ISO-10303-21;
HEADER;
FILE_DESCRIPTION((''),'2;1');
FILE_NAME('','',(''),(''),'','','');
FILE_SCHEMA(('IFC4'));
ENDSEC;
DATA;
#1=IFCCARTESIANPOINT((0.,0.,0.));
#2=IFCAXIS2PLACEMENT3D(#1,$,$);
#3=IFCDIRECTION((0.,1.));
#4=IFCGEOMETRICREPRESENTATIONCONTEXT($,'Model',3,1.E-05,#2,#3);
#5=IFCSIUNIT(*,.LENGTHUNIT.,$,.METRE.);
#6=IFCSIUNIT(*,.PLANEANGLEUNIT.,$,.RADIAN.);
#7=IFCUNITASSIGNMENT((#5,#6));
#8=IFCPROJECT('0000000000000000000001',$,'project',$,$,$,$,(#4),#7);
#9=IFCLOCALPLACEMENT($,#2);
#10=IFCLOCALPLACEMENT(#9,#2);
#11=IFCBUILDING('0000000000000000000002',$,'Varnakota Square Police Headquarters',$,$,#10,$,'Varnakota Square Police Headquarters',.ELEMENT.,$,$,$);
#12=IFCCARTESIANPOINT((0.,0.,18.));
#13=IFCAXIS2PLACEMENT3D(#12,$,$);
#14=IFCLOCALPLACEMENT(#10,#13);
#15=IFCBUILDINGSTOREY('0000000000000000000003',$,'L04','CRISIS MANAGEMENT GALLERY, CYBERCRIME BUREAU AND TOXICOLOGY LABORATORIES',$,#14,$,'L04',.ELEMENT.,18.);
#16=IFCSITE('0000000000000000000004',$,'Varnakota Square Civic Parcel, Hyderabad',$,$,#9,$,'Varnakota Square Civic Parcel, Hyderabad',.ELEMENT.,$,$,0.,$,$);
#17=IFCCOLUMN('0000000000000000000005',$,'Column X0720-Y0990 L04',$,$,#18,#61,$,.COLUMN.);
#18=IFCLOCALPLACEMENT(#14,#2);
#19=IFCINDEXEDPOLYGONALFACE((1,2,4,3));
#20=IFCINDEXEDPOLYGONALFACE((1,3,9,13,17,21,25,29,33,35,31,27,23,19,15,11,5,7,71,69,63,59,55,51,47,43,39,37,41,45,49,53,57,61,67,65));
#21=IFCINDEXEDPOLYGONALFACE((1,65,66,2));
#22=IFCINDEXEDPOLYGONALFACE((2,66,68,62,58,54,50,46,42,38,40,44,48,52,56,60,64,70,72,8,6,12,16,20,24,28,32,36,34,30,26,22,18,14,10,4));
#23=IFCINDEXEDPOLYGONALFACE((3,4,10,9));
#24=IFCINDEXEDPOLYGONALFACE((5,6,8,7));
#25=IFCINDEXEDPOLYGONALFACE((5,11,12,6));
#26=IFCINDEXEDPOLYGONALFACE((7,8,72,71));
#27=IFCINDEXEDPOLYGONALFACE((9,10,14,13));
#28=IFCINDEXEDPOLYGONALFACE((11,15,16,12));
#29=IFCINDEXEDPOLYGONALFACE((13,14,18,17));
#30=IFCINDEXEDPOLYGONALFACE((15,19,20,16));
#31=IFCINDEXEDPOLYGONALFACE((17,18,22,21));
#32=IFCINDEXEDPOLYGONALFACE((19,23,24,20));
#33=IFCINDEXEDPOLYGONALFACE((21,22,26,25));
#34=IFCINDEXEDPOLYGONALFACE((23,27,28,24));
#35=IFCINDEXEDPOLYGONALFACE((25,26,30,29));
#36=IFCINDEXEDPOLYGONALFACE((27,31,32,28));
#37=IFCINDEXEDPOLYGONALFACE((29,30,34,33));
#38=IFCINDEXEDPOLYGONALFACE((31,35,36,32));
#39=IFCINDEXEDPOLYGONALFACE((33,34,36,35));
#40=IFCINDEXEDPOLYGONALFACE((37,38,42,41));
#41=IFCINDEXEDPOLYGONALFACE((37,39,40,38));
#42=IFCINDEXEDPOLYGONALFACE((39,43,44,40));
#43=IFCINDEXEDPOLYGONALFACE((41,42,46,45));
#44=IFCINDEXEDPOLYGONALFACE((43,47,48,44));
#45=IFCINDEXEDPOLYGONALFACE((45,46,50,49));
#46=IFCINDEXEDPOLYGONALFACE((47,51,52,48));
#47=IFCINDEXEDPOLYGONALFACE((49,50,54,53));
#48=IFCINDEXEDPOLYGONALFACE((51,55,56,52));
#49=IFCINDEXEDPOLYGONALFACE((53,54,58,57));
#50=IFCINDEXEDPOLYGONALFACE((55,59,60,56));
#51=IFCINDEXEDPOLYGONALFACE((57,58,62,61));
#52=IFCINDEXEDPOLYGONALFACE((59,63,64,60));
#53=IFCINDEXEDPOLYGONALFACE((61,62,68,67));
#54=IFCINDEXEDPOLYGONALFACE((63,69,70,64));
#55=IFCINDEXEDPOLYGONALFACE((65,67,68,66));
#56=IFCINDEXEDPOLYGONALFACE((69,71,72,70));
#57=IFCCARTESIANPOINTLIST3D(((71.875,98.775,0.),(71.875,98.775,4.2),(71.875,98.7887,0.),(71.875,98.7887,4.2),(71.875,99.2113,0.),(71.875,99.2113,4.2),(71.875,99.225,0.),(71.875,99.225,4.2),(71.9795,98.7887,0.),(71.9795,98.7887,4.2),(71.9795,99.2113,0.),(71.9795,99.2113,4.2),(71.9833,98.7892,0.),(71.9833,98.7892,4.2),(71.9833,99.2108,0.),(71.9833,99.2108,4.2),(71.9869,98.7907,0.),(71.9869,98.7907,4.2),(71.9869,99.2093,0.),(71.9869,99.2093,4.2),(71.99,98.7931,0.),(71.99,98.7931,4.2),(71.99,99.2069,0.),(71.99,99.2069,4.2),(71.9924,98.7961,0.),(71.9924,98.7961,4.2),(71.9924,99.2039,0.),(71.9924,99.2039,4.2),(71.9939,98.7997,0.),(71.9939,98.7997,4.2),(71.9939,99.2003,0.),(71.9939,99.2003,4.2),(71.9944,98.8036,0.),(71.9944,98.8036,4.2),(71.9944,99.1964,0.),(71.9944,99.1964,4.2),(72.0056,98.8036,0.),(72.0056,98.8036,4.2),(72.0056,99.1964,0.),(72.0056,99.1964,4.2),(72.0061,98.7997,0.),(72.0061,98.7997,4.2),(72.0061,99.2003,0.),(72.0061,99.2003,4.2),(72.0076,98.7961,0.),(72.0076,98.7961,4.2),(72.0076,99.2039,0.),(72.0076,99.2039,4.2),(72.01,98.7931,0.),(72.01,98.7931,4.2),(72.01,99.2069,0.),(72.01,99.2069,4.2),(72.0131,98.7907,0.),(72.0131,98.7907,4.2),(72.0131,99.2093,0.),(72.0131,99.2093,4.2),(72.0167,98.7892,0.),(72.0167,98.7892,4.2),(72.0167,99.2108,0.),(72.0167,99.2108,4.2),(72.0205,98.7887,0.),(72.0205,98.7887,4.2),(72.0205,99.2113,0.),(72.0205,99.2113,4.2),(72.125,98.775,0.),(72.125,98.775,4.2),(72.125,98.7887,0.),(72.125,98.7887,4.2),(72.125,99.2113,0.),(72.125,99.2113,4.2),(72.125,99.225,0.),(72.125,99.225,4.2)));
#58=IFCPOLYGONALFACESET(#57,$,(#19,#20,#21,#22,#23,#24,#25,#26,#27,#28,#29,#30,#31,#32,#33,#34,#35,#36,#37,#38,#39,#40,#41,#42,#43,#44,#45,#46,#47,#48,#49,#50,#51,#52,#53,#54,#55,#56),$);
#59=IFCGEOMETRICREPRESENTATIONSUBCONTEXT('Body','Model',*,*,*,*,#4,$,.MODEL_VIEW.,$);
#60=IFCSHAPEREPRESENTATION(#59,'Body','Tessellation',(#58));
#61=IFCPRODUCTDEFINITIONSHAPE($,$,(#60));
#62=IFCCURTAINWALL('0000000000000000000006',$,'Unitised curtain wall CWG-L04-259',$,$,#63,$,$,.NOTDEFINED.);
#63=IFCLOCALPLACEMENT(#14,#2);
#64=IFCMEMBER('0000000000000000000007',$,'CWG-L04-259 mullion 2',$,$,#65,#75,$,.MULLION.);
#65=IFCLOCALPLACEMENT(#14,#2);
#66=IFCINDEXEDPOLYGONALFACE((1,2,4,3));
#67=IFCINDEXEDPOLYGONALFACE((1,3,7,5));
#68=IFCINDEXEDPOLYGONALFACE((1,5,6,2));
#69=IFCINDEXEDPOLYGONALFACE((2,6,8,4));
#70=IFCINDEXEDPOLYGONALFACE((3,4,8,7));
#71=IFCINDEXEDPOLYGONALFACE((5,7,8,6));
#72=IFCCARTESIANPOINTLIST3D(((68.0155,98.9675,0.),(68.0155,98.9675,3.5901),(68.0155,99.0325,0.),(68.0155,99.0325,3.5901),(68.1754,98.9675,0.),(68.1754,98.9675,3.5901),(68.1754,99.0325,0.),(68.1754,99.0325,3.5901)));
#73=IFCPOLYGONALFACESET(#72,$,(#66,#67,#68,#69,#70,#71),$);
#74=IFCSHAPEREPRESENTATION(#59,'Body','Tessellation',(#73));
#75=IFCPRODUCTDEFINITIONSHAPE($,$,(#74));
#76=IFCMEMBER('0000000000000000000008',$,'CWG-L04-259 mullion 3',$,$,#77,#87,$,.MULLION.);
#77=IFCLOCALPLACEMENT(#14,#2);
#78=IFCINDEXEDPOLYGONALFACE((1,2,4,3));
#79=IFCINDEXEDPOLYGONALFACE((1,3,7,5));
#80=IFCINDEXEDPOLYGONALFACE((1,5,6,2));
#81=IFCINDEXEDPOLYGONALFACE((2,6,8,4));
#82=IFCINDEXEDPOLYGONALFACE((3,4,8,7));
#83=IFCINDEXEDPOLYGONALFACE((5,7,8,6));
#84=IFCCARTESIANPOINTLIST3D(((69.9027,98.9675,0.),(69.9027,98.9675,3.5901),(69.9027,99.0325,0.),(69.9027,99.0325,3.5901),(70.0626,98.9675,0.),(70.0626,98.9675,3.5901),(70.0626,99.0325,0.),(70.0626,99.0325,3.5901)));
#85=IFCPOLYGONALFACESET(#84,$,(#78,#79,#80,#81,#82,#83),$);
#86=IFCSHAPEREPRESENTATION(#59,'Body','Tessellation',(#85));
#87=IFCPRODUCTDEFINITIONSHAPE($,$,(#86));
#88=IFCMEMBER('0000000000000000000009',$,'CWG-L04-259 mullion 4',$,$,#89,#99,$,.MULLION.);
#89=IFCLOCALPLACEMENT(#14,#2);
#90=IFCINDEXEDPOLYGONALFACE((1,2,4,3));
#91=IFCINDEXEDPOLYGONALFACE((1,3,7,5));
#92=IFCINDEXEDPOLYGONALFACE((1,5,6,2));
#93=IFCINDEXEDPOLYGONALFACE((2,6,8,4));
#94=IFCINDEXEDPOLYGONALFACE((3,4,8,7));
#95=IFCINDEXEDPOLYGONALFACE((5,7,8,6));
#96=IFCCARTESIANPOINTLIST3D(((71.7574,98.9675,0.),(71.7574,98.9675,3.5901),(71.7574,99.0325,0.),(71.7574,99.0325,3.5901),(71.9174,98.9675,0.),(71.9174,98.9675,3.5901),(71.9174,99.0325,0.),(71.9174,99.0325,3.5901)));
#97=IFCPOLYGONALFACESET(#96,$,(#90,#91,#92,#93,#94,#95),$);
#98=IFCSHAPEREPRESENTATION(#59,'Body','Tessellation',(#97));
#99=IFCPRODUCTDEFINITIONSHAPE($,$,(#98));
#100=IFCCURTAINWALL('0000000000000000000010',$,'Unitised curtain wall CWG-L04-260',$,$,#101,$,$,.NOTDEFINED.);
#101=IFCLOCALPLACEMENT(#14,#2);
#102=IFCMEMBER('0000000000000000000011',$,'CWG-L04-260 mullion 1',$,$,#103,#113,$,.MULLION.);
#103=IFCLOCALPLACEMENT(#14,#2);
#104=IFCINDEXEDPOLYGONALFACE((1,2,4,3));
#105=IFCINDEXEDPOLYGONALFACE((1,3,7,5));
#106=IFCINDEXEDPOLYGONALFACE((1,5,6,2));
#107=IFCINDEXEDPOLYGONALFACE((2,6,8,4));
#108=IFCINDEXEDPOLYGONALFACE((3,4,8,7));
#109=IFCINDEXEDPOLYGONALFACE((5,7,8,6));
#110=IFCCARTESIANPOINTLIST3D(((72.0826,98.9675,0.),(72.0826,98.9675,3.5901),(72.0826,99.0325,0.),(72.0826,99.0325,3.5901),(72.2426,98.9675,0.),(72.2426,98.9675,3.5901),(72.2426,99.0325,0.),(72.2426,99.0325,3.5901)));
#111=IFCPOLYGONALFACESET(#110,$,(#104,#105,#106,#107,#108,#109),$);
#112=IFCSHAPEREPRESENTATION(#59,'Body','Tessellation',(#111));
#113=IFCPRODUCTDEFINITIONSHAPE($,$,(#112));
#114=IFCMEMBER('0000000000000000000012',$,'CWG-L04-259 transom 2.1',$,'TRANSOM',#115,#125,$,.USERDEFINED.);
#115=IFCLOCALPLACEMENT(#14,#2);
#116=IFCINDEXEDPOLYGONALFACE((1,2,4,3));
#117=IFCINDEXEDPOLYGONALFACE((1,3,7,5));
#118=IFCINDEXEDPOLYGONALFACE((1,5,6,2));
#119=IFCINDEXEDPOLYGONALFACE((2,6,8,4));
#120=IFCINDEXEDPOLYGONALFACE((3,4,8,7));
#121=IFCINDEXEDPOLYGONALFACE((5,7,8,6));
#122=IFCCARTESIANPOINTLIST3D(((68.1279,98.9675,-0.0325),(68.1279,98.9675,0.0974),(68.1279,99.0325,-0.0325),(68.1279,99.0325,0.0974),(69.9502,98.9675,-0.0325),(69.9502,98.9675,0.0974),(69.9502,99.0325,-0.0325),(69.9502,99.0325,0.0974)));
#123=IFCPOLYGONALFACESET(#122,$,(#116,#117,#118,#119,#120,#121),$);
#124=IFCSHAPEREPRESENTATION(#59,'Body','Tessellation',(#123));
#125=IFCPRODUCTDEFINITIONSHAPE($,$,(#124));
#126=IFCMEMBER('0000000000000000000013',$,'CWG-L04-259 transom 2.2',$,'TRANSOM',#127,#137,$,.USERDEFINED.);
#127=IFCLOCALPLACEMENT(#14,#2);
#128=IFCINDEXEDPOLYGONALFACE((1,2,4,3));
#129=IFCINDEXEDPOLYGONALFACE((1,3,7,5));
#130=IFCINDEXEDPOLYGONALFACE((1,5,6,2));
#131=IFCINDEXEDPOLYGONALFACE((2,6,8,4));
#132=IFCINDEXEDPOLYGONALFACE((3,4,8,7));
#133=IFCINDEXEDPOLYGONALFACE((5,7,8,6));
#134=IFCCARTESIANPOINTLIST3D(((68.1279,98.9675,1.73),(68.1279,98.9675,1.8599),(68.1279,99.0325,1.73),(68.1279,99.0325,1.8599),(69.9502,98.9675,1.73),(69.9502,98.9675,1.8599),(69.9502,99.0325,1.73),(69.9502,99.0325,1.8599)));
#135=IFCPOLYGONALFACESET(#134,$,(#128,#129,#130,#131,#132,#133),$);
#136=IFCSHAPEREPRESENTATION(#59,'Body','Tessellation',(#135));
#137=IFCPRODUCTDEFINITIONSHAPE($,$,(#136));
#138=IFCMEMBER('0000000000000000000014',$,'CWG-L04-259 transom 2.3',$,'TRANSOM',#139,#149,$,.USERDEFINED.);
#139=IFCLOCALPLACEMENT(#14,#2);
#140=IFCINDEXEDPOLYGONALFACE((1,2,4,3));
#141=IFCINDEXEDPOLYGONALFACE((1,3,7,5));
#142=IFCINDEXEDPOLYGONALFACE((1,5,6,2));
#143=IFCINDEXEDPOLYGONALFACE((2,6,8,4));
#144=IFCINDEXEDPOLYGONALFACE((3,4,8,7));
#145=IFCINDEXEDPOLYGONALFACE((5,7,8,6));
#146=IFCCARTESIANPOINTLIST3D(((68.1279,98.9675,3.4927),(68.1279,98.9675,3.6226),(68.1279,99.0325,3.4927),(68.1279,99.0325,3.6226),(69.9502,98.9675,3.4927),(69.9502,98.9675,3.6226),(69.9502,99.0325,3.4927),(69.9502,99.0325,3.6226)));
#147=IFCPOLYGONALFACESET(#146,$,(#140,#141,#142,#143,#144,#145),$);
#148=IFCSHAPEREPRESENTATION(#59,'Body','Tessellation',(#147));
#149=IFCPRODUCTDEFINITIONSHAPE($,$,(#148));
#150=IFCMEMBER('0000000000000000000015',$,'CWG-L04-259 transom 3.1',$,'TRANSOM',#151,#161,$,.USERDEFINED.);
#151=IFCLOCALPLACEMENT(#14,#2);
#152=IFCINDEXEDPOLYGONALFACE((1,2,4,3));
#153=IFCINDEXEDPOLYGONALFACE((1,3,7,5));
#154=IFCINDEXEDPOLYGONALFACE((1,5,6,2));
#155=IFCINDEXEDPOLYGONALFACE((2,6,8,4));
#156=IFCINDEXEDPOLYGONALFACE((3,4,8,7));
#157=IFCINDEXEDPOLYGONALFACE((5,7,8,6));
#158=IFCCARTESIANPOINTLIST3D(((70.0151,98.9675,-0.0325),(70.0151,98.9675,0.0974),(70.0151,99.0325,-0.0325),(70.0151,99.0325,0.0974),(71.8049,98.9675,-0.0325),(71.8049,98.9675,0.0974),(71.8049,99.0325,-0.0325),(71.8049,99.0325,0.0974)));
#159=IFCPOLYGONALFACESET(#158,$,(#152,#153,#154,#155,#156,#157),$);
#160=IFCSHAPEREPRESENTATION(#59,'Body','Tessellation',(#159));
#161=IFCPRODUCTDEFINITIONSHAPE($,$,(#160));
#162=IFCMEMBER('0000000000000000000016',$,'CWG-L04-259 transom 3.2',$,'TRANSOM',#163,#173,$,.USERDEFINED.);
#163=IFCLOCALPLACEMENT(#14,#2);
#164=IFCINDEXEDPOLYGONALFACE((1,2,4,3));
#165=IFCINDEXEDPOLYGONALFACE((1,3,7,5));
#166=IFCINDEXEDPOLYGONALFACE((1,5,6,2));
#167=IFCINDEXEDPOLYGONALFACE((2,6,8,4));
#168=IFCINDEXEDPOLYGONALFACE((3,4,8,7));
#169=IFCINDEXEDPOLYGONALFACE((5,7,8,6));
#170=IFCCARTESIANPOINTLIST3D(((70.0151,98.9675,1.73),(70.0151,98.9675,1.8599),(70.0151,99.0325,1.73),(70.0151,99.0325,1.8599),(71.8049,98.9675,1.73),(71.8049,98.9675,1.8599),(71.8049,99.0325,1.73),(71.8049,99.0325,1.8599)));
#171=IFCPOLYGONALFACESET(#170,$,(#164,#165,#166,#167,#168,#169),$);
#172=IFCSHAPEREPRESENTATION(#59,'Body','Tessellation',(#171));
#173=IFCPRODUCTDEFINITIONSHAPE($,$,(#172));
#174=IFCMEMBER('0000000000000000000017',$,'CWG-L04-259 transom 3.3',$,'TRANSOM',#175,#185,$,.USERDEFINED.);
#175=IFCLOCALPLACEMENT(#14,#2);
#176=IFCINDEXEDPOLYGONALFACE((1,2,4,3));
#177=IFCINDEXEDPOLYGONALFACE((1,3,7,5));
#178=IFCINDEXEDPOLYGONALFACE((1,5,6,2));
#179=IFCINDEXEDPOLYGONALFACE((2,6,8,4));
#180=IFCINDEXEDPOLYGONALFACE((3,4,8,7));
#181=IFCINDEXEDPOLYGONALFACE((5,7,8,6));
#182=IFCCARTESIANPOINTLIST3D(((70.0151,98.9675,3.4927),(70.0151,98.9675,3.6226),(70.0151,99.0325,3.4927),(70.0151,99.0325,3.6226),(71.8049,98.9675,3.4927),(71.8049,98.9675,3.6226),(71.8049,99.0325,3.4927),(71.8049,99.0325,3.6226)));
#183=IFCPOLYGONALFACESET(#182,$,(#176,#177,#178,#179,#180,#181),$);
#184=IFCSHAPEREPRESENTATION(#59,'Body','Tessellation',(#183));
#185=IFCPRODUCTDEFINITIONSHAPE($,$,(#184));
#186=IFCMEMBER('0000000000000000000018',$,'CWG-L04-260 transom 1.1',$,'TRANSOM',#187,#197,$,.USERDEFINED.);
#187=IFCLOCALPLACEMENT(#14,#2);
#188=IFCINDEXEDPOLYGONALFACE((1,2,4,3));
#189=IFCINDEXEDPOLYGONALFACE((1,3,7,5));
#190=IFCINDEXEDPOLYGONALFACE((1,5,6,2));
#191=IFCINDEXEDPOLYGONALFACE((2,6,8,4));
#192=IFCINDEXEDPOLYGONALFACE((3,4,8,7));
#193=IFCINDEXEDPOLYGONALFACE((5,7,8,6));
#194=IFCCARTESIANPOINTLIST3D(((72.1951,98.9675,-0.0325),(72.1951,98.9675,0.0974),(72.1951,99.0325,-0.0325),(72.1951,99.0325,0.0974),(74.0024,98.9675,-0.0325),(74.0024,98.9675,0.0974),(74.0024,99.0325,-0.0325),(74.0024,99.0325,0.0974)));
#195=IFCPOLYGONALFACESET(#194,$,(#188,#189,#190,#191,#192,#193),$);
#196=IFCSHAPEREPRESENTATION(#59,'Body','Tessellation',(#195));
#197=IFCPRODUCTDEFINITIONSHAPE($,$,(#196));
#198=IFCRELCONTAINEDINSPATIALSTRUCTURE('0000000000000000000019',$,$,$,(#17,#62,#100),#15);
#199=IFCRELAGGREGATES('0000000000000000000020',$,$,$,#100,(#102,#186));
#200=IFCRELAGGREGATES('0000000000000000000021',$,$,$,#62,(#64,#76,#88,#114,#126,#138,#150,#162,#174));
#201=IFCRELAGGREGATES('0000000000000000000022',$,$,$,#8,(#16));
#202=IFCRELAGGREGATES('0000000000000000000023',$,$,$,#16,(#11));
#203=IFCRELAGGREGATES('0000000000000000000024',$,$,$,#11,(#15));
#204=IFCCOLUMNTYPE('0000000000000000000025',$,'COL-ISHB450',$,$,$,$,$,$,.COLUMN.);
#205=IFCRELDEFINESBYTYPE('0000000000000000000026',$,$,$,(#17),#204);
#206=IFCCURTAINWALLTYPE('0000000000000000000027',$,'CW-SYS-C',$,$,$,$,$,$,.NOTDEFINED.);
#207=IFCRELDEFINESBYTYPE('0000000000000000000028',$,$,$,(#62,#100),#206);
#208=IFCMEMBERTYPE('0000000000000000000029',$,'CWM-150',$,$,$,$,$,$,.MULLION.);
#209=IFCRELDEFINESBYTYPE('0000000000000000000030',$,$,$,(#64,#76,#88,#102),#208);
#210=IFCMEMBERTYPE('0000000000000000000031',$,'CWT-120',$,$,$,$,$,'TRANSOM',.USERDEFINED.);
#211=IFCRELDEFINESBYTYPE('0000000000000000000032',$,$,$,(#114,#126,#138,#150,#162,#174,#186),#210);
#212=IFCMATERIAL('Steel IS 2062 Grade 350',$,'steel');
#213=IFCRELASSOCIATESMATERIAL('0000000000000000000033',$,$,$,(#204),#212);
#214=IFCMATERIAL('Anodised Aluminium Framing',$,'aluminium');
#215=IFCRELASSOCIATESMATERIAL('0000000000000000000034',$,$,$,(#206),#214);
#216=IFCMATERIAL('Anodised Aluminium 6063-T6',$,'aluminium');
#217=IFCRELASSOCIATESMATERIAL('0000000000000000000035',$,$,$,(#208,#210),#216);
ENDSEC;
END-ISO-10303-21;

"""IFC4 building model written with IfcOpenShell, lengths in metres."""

from ifc_helpers import new_model, si_unit, direction, frame, origin, origin_2d, place, context, subcontext, project, spatial, rectangle, i_section, extrude, material, material_profile, profile_set, type_object, element, aggregate, save


model = new_model("IFC4")

# Units and contexts
model_context = context("Model", 3, precision=1e-05, world=origin(), true_north=direction((0.0, 1.0)))
body_context = subcontext(model_context, "Body", "Model", "MODEL_VIEW")
ifc_project = project(units=[si_unit("LENGTHUNIT", "METRE"), si_unit("PLANEANGLEUNIT", "RADIAN")], contexts=[model_context])

# Site, building, storey
site_placement = place(None, origin())
site = spatial("IfcSite", under=ifc_project, at=site_placement, Name="Varnakota Square Civic Parcel, Hyderabad", LongName="Varnakota Square Civic Parcel, Hyderabad", CompositionType="ELEMENT", RefElevation=0.0)
building_placement = place(site_placement, origin())
building = spatial("IfcBuilding", under=site, at=building_placement, Name="Varnakota Square Police Headquarters", LongName="Varnakota Square Police Headquarters", CompositionType="ELEMENT")
storey_placement = place(building_placement, frame((0.0, 0.0, 18.0)))
storey = spatial("IfcBuildingStorey", under=building, at=storey_placement, Name="L04", Description="CRISIS MANAGEMENT GALLERY, CYBERCRIME BUREAU AND TOXICOLOGY LABORATORIES", LongName="L04", CompositionType="ELEMENT", Elevation=18.0)

# Column
ifc_material_1 = material(Name="Steel IS 2062 Grade 350", Category="steel")
ifc_material_profile_1 = material_profile(ifc_material_1, i_section(OverallWidth=0.25, OverallDepth=0.45, WebThickness=0.0112, FlangeThickness=0.0137, FilletRadius=0.0149, at=origin_2d()), Name="ISHB 450")
ifc_profile_set_1 = profile_set([ifc_material_profile_1], Name="Steel IS 2062 Grade 350")
column_type = type_object("IfcColumnType", Name="COL-ISHB450", PredefinedType="COLUMN", material=ifc_profile_set_1)
column_placement = place(storey_placement, frame((72.0, 99.0, 0.0), z_axis=(0.0, 0.0, 1.0), x_axis=(1.0, 0.0, 0.0)))
element("IfcColumn", 1, at=column_placement, inside=storey, type_object=column_type, Name="Column X0720-Y0990 L04", PredefinedType="COLUMN", context=body_context, shape_type="SweptSolid", body=[
    extrude(i_section(OverallWidth=0.25, OverallDepth=0.45, WebThickness=0.0112, FlangeThickness=0.0137, FilletRadius=0.0149, at=origin_2d()), origin(), (0.0, 0.0, 1.0), 4.2),
])

# Curtain wall, members
ifc_material_2 = material(Name="Anodised Aluminium Framing", Category="aluminium")
curtain_wall_type = type_object("IfcCurtainWallType", Name="CW-SYS-C", PredefinedType="NOTDEFINED", material=ifc_material_2)
curtain_wall_1_placement = place(storey_placement, origin())
curtain_wall_1 = element("IfcCurtainWall", 2, at=curtain_wall_1_placement, inside=storey, type_object=curtain_wall_type, Name="Unitised curtain wall CWG-L04-259", PredefinedType="NOTDEFINED")
ifc_material_3 = material(Name="Anodised Aluminium 6063-T6", Category="aluminium")
ifc_material_profile_2 = material_profile(ifc_material_3, rectangle(XDim=0.0649, YDim=0.1599, at=origin_2d()), Name="ALU MULLION 65x160")
ifc_profile_set_2 = profile_set([ifc_material_profile_2], Name="Anodised Aluminium 6063-T6")
member_type_1 = type_object("IfcMemberType", Name="CWM-150", PredefinedType="MULLION", material=ifc_profile_set_2)
member_1_placement = place(storey_placement, frame((68.0955, 99.0, 0.0), z_axis=(0.0, 0.0, 1.0), x_axis=(0.0, 1.0, 0.0)))
member_1 = element("IfcMember", 3, at=member_1_placement, type_object=member_type_1, Name="CWG-L04-259 mullion 2", PredefinedType="MULLION", context=body_context, shape_type="SweptSolid", body=[
    extrude(rectangle(XDim=0.0649, YDim=0.1599, at=origin_2d()), origin(), (0.0, 0.0, 1.0), 3.5901),
])
member_2_placement = place(storey_placement, frame((69.9827, 99.0, 0.0), z_axis=(0.0, 0.0, 1.0), x_axis=(0.0, 1.0, 0.0)))
member_2 = element("IfcMember", 4, at=member_2_placement, type_object=member_type_1, Name="CWG-L04-259 mullion 3", PredefinedType="MULLION", context=body_context, shape_type="SweptSolid", body=[
    extrude(rectangle(XDim=0.0649, YDim=0.1599, at=origin_2d()), origin(), (0.0, 0.0, 1.0), 3.5901),
])
member_3_placement = place(storey_placement, frame((71.8374, 99.0, 0.0), z_axis=(0.0, 0.0, 1.0), x_axis=(0.0, 1.0, 0.0)))
member_3 = element("IfcMember", 5, at=member_3_placement, type_object=member_type_1, Name="CWG-L04-259 mullion 4", PredefinedType="MULLION", context=body_context, shape_type="SweptSolid", body=[
    extrude(rectangle(XDim=0.0649, YDim=0.1599, at=origin_2d()), origin(), (0.0, 0.0, 1.0), 3.5901),
])

# Curtain wall, member
curtain_wall_2_placement = place(storey_placement, origin())
curtain_wall_2 = element("IfcCurtainWall", 6, at=curtain_wall_2_placement, inside=storey, type_object=curtain_wall_type, Name="Unitised curtain wall CWG-L04-260", PredefinedType="NOTDEFINED")
member_4_placement = place(storey_placement, frame((72.1626, 99.0, 0.0), z_axis=(0.0, 0.0, 1.0), x_axis=(0.0, 1.0, 0.0)))
member_4 = element("IfcMember", 7, at=member_4_placement, type_object=member_type_1, Name="CWG-L04-260 mullion 1", PredefinedType="MULLION", context=body_context, shape_type="SweptSolid", body=[
    extrude(rectangle(XDim=0.0649, YDim=0.1599, at=origin_2d()), origin(), (0.0, 0.0, 1.0), 3.5901),
])

# Members
ifc_material_profile_3 = material_profile(ifc_material_3, rectangle(XDim=0.0649, YDim=0.1299, at=origin_2d()), Name="ALU TRANSOM 65x130")
ifc_profile_set_3 = profile_set([ifc_material_profile_3], Name="Anodised Aluminium 6063-T6")
member_type_2 = type_object("IfcMemberType", Name="CWT-120", ElementType="TRANSOM", PredefinedType="USERDEFINED", material=ifc_profile_set_3)
member_5_placement = place(storey_placement, frame((68.1279, 99.0, 0.0325), z_axis=(1.0, 0.0, 0.0), x_axis=(0.0, 1.0, 0.0)))
member_5 = element("IfcMember", 8, at=member_5_placement, type_object=member_type_2, Name="CWG-L04-259 transom 2.1", ObjectType="TRANSOM", PredefinedType="USERDEFINED", context=body_context, shape_type="SweptSolid", body=[
    extrude(rectangle(XDim=0.0649, YDim=0.1299, at=origin_2d()), origin(), (0.0, 0.0, 1.0), 1.8223),
])
member_6_placement = place(storey_placement, frame((68.1279, 99.0, 1.7949), z_axis=(1.0, 0.0, 0.0), x_axis=(0.0, 1.0, 0.0)))
member_6 = element("IfcMember", 9, at=member_6_placement, type_object=member_type_2, Name="CWG-L04-259 transom 2.2", ObjectType="TRANSOM", PredefinedType="USERDEFINED", context=body_context, shape_type="SweptSolid", body=[
    extrude(rectangle(XDim=0.0649, YDim=0.1299, at=origin_2d()), origin(), (0.0, 0.0, 1.0), 1.8223),
])
member_7_placement = place(storey_placement, frame((68.1279, 99.0, 3.5576), z_axis=(1.0, 0.0, 0.0), x_axis=(0.0, 1.0, 0.0)))
member_7 = element("IfcMember", 10, at=member_7_placement, type_object=member_type_2, Name="CWG-L04-259 transom 2.3", ObjectType="TRANSOM", PredefinedType="USERDEFINED", context=body_context, shape_type="SweptSolid", body=[
    extrude(rectangle(XDim=0.0649, YDim=0.1299, at=origin_2d()), origin(), (0.0, 0.0, 1.0), 1.8223),
])
member_8_placement = place(storey_placement, frame((70.0151, 99.0, 0.0325), z_axis=(1.0, 0.0, 0.0), x_axis=(0.0, 1.0, 0.0)))
member_8 = element("IfcMember", 11, at=member_8_placement, type_object=member_type_2, Name="CWG-L04-259 transom 3.1", ObjectType="TRANSOM", PredefinedType="USERDEFINED", context=body_context, shape_type="SweptSolid", body=[
    extrude(rectangle(XDim=0.0649, YDim=0.1299, at=origin_2d()), origin(), (0.0, 0.0, 1.0), 1.7898),
])
member_9_placement = place(storey_placement, frame((70.0151, 99.0, 1.7949), z_axis=(1.0, 0.0, 0.0), x_axis=(0.0, 1.0, 0.0)))
member_9 = element("IfcMember", 12, at=member_9_placement, type_object=member_type_2, Name="CWG-L04-259 transom 3.2", ObjectType="TRANSOM", PredefinedType="USERDEFINED", context=body_context, shape_type="SweptSolid", body=[
    extrude(rectangle(XDim=0.0649, YDim=0.1299, at=origin_2d()), origin(), (0.0, 0.0, 1.0), 1.7898),
])
member_10_placement = place(storey_placement, frame((70.0151, 99.0, 3.5576), z_axis=(1.0, 0.0, 0.0), x_axis=(0.0, 1.0, 0.0)))
member_10 = element("IfcMember", 13, at=member_10_placement, type_object=member_type_2, Name="CWG-L04-259 transom 3.3", ObjectType="TRANSOM", PredefinedType="USERDEFINED", context=body_context, shape_type="SweptSolid", body=[
    extrude(rectangle(XDim=0.0649, YDim=0.1299, at=origin_2d()), origin(), (0.0, 0.0, 1.0), 1.7898),
])
member_11_placement = place(storey_placement, frame((72.1951, 99.0, 0.0325), z_axis=(1.0, 0.0, 0.0), x_axis=(0.0, 1.0, 0.0)))
member_11 = element("IfcMember", 14, at=member_11_placement, type_object=member_type_2, Name="CWG-L04-260 transom 1.1", ObjectType="TRANSOM", PredefinedType="USERDEFINED", context=body_context, shape_type="SweptSolid", body=[
    extrude(rectangle(XDim=0.0649, YDim=0.1299, at=origin_2d()), origin(), (0.0, 0.0, 1.0), 1.8074),
])
aggregate(curtain_wall_2, [member_4, member_11])

aggregate(curtain_wall_1, [member_1, member_2, member_3, member_5, member_6, member_7, member_8, member_9, member_10])

save(model, "model.ifc")
